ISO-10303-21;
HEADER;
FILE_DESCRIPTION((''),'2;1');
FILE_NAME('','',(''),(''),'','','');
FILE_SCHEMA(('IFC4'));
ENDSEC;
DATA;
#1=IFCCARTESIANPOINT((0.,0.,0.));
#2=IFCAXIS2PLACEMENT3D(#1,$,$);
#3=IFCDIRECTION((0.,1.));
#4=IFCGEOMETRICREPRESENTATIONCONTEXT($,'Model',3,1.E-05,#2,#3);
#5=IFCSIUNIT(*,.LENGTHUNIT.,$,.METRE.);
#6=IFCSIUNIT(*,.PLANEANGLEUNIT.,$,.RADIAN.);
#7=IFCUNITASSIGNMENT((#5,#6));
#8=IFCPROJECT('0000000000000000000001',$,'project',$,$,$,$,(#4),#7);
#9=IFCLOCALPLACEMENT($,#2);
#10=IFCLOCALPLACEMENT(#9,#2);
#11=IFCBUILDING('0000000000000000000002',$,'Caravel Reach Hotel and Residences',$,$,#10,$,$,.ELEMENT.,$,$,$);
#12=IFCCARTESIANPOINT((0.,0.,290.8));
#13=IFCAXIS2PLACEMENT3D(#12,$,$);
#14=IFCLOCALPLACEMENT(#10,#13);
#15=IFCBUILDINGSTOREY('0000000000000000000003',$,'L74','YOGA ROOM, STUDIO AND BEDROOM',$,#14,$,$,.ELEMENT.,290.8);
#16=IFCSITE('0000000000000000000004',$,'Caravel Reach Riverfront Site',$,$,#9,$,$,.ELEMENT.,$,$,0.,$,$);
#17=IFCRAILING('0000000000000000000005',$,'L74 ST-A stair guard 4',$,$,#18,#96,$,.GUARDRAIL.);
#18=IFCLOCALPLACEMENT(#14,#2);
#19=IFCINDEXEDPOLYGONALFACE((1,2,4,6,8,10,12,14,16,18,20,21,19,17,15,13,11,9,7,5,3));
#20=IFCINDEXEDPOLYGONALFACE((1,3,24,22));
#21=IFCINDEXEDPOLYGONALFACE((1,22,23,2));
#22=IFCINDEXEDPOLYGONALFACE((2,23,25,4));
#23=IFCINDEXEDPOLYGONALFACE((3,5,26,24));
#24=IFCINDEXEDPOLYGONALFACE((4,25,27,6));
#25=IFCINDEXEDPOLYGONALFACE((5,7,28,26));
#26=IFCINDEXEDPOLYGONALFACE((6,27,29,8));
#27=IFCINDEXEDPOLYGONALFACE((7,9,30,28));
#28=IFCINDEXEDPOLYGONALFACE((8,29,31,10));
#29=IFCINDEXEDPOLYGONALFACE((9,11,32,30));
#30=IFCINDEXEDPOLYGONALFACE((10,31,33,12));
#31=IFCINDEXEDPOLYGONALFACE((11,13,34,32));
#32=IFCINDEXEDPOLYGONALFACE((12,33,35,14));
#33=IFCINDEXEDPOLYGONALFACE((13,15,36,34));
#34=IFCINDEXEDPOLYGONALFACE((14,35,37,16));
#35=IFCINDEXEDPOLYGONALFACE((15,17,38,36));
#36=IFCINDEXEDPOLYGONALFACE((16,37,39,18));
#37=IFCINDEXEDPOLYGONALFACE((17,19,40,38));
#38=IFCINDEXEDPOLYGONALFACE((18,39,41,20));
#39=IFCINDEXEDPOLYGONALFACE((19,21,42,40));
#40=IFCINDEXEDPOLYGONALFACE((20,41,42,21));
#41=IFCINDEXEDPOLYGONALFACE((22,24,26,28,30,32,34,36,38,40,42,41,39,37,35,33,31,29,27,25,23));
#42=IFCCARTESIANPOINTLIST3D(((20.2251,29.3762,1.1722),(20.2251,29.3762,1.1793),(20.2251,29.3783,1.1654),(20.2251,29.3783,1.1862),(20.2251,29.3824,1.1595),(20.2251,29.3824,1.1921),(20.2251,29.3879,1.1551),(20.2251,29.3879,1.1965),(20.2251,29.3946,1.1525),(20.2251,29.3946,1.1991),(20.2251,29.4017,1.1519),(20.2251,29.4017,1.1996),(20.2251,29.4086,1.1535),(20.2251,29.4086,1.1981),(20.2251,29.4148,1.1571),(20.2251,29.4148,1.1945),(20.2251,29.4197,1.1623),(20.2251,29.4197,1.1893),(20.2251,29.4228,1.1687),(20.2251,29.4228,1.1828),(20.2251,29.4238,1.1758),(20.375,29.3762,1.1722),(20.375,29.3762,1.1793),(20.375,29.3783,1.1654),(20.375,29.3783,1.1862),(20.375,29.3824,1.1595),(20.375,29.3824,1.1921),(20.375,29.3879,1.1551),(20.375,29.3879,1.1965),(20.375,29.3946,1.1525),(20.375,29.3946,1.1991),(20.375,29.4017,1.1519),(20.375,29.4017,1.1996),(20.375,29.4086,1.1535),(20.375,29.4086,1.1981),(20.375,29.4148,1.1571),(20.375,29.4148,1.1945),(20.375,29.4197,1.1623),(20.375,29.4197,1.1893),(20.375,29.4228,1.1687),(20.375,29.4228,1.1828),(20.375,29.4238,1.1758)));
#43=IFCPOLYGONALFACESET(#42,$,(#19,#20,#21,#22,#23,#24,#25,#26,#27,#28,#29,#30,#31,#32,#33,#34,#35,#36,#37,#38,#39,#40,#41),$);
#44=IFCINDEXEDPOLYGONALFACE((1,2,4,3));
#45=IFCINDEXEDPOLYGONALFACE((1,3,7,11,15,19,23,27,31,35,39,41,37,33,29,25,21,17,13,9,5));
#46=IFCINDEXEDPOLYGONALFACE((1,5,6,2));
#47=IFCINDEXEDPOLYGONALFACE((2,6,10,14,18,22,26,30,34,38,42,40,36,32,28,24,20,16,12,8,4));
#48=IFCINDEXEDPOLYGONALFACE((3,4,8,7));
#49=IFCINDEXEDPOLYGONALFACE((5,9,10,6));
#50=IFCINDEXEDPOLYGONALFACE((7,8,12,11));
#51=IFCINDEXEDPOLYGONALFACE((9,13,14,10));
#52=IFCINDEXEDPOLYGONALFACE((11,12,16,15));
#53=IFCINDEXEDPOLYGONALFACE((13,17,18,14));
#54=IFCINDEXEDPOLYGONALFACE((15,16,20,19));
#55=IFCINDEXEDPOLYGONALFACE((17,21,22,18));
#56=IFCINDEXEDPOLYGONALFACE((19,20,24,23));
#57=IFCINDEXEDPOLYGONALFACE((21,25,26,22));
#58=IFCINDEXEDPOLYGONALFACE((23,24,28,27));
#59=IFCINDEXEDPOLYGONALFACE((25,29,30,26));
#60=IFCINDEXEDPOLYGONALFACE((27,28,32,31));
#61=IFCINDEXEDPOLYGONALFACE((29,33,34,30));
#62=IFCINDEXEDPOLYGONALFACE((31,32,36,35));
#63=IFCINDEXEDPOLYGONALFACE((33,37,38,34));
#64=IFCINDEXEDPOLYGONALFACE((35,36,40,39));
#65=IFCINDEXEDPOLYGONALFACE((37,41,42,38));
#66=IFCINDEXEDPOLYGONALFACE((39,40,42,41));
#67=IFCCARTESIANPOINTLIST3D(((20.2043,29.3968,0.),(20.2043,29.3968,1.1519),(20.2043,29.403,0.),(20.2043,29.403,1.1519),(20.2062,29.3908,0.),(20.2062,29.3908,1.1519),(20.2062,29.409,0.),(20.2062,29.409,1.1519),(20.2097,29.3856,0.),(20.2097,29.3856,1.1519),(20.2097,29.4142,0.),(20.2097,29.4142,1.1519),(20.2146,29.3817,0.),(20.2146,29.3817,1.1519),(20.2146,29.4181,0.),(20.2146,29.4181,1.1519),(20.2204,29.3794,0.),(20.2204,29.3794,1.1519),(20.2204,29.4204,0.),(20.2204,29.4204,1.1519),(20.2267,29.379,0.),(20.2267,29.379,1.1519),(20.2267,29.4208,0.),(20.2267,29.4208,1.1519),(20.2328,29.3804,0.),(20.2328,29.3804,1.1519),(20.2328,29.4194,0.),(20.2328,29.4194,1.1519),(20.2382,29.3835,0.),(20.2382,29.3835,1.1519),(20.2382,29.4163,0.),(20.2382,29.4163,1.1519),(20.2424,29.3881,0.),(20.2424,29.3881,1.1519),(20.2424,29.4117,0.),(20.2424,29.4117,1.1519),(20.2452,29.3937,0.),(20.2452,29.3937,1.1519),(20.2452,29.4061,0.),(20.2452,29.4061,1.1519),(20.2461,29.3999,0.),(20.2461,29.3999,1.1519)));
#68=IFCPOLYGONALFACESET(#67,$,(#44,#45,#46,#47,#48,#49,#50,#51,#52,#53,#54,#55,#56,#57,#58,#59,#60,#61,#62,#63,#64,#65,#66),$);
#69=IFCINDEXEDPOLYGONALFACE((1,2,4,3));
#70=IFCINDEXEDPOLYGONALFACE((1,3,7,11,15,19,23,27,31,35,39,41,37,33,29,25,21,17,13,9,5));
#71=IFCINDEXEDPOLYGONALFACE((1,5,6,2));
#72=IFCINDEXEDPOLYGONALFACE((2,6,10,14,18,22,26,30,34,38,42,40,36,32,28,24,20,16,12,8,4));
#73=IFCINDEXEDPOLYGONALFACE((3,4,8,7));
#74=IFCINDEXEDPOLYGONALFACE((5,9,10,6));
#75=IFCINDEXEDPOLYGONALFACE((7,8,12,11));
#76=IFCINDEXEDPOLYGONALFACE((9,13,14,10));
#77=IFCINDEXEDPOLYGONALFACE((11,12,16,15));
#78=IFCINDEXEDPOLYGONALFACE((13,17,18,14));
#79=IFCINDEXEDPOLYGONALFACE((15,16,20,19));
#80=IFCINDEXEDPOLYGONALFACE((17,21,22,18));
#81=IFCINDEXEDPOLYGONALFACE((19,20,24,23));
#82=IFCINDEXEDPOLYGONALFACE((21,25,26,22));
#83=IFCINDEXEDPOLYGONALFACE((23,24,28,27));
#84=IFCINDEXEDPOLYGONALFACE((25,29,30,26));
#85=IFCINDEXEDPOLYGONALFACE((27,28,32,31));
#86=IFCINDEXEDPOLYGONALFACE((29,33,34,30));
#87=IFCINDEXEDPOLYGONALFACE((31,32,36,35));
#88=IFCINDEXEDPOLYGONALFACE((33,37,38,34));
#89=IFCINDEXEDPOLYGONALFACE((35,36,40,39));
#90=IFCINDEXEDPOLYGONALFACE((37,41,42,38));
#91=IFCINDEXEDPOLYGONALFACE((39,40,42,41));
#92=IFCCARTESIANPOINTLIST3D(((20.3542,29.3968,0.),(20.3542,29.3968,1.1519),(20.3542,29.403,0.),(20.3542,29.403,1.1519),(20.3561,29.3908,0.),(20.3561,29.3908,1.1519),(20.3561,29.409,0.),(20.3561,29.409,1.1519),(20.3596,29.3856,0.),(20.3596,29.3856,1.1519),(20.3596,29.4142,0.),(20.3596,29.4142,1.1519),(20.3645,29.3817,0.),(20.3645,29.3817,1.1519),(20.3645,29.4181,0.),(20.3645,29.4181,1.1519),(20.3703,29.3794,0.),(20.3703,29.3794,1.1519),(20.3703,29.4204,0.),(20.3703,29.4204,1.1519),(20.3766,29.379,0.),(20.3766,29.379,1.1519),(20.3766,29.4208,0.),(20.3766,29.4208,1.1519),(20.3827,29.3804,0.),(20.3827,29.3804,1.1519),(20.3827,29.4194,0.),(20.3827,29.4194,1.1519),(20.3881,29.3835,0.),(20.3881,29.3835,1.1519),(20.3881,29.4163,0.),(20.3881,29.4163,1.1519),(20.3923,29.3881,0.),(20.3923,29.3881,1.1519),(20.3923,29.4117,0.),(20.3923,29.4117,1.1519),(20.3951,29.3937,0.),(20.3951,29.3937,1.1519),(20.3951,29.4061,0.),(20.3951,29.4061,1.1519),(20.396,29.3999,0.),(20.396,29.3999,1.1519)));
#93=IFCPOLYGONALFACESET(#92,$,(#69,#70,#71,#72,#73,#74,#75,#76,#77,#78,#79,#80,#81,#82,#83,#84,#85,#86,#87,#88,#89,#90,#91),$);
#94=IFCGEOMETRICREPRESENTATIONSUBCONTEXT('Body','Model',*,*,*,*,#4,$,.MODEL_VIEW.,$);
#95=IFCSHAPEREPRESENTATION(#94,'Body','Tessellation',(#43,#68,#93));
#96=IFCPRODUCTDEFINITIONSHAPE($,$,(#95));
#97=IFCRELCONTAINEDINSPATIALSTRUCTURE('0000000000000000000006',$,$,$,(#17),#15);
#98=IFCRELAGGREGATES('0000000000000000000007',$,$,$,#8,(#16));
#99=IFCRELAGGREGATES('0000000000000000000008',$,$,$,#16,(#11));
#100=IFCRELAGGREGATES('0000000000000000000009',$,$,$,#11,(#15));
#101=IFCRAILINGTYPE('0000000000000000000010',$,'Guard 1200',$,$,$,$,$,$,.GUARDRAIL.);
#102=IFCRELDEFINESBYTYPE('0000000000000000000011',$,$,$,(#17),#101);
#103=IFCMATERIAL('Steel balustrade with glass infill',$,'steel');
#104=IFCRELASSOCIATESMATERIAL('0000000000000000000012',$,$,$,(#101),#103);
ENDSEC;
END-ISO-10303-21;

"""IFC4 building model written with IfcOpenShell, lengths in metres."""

from ifc_helpers import new_model, si_unit, direction, frame, origin, origin_2d, place, context, subcontext, project, spatial, circle, extrude, material, type_object, element, save


model = new_model("IFC4")

# Units and contexts
model_context = context("Model", 3, precision=1e-05, world=origin(), true_north=direction((0.0, 1.0)))
body_context = subcontext(model_context, "Body", "Model", "MODEL_VIEW")
ifc_project = project(units=[si_unit("LENGTHUNIT", "METRE"), si_unit("PLANEANGLEUNIT", "RADIAN")], contexts=[model_context])

# Site, building, storey
site_placement = place(None, origin())
site = spatial("IfcSite", under=ifc_project, at=site_placement, Name="Caravel Reach Riverfront Site", CompositionType="ELEMENT", RefElevation=0.0)
building_placement = place(site_placement, origin())
building = spatial("IfcBuilding", under=site, at=building_placement, Name="Caravel Reach Hotel and Residences", CompositionType="ELEMENT")
storey_placement = place(building_placement, frame((0.0, 0.0, 290.8)))
storey = spatial("IfcBuildingStorey", under=building, at=storey_placement, Name="L74", Description="YOGA ROOM, STUDIO AND BEDROOM", CompositionType="ELEMENT", Elevation=290.8)

# Railing
ifc_material_1 = material(Name="Steel balustrade with glass infill", Category="steel")
railing_type_1 = type_object("IfcRailingType", Name="Guard 1200", PredefinedType="GUARDRAIL", material=ifc_material_1)
railing_1_placement = place(storey_placement, frame((20.2251, 29.3999, 0.0)))
element("IfcRailing", 1, at=railing_1_placement, inside=storey, type_object=railing_type_1, Name="L74 ST-A stair guard 4", PredefinedType="GUARDRAIL", context=body_context, shape_type="SweptSolid", body=[
    extrude(circle(Radius=0.0239, at=origin_2d()), frame((0.0, 0.0, 1.1758), z_axis=(1.0, 0.0, 0.0), x_axis=(0.0, 1.0, 0.0)), (0.0, 0.0, 1.0), 0.1499),
    extrude(circle(Radius=0.021, at=origin_2d()), origin(), (0.0, 0.0, 1.0), 1.1519),
    extrude(circle(Radius=0.021, at=origin_2d()), frame((0.1499, 0.0, 0.0)), (0.0, 0.0, 1.0), 1.1519),
])

save(model, "model.ifc")
